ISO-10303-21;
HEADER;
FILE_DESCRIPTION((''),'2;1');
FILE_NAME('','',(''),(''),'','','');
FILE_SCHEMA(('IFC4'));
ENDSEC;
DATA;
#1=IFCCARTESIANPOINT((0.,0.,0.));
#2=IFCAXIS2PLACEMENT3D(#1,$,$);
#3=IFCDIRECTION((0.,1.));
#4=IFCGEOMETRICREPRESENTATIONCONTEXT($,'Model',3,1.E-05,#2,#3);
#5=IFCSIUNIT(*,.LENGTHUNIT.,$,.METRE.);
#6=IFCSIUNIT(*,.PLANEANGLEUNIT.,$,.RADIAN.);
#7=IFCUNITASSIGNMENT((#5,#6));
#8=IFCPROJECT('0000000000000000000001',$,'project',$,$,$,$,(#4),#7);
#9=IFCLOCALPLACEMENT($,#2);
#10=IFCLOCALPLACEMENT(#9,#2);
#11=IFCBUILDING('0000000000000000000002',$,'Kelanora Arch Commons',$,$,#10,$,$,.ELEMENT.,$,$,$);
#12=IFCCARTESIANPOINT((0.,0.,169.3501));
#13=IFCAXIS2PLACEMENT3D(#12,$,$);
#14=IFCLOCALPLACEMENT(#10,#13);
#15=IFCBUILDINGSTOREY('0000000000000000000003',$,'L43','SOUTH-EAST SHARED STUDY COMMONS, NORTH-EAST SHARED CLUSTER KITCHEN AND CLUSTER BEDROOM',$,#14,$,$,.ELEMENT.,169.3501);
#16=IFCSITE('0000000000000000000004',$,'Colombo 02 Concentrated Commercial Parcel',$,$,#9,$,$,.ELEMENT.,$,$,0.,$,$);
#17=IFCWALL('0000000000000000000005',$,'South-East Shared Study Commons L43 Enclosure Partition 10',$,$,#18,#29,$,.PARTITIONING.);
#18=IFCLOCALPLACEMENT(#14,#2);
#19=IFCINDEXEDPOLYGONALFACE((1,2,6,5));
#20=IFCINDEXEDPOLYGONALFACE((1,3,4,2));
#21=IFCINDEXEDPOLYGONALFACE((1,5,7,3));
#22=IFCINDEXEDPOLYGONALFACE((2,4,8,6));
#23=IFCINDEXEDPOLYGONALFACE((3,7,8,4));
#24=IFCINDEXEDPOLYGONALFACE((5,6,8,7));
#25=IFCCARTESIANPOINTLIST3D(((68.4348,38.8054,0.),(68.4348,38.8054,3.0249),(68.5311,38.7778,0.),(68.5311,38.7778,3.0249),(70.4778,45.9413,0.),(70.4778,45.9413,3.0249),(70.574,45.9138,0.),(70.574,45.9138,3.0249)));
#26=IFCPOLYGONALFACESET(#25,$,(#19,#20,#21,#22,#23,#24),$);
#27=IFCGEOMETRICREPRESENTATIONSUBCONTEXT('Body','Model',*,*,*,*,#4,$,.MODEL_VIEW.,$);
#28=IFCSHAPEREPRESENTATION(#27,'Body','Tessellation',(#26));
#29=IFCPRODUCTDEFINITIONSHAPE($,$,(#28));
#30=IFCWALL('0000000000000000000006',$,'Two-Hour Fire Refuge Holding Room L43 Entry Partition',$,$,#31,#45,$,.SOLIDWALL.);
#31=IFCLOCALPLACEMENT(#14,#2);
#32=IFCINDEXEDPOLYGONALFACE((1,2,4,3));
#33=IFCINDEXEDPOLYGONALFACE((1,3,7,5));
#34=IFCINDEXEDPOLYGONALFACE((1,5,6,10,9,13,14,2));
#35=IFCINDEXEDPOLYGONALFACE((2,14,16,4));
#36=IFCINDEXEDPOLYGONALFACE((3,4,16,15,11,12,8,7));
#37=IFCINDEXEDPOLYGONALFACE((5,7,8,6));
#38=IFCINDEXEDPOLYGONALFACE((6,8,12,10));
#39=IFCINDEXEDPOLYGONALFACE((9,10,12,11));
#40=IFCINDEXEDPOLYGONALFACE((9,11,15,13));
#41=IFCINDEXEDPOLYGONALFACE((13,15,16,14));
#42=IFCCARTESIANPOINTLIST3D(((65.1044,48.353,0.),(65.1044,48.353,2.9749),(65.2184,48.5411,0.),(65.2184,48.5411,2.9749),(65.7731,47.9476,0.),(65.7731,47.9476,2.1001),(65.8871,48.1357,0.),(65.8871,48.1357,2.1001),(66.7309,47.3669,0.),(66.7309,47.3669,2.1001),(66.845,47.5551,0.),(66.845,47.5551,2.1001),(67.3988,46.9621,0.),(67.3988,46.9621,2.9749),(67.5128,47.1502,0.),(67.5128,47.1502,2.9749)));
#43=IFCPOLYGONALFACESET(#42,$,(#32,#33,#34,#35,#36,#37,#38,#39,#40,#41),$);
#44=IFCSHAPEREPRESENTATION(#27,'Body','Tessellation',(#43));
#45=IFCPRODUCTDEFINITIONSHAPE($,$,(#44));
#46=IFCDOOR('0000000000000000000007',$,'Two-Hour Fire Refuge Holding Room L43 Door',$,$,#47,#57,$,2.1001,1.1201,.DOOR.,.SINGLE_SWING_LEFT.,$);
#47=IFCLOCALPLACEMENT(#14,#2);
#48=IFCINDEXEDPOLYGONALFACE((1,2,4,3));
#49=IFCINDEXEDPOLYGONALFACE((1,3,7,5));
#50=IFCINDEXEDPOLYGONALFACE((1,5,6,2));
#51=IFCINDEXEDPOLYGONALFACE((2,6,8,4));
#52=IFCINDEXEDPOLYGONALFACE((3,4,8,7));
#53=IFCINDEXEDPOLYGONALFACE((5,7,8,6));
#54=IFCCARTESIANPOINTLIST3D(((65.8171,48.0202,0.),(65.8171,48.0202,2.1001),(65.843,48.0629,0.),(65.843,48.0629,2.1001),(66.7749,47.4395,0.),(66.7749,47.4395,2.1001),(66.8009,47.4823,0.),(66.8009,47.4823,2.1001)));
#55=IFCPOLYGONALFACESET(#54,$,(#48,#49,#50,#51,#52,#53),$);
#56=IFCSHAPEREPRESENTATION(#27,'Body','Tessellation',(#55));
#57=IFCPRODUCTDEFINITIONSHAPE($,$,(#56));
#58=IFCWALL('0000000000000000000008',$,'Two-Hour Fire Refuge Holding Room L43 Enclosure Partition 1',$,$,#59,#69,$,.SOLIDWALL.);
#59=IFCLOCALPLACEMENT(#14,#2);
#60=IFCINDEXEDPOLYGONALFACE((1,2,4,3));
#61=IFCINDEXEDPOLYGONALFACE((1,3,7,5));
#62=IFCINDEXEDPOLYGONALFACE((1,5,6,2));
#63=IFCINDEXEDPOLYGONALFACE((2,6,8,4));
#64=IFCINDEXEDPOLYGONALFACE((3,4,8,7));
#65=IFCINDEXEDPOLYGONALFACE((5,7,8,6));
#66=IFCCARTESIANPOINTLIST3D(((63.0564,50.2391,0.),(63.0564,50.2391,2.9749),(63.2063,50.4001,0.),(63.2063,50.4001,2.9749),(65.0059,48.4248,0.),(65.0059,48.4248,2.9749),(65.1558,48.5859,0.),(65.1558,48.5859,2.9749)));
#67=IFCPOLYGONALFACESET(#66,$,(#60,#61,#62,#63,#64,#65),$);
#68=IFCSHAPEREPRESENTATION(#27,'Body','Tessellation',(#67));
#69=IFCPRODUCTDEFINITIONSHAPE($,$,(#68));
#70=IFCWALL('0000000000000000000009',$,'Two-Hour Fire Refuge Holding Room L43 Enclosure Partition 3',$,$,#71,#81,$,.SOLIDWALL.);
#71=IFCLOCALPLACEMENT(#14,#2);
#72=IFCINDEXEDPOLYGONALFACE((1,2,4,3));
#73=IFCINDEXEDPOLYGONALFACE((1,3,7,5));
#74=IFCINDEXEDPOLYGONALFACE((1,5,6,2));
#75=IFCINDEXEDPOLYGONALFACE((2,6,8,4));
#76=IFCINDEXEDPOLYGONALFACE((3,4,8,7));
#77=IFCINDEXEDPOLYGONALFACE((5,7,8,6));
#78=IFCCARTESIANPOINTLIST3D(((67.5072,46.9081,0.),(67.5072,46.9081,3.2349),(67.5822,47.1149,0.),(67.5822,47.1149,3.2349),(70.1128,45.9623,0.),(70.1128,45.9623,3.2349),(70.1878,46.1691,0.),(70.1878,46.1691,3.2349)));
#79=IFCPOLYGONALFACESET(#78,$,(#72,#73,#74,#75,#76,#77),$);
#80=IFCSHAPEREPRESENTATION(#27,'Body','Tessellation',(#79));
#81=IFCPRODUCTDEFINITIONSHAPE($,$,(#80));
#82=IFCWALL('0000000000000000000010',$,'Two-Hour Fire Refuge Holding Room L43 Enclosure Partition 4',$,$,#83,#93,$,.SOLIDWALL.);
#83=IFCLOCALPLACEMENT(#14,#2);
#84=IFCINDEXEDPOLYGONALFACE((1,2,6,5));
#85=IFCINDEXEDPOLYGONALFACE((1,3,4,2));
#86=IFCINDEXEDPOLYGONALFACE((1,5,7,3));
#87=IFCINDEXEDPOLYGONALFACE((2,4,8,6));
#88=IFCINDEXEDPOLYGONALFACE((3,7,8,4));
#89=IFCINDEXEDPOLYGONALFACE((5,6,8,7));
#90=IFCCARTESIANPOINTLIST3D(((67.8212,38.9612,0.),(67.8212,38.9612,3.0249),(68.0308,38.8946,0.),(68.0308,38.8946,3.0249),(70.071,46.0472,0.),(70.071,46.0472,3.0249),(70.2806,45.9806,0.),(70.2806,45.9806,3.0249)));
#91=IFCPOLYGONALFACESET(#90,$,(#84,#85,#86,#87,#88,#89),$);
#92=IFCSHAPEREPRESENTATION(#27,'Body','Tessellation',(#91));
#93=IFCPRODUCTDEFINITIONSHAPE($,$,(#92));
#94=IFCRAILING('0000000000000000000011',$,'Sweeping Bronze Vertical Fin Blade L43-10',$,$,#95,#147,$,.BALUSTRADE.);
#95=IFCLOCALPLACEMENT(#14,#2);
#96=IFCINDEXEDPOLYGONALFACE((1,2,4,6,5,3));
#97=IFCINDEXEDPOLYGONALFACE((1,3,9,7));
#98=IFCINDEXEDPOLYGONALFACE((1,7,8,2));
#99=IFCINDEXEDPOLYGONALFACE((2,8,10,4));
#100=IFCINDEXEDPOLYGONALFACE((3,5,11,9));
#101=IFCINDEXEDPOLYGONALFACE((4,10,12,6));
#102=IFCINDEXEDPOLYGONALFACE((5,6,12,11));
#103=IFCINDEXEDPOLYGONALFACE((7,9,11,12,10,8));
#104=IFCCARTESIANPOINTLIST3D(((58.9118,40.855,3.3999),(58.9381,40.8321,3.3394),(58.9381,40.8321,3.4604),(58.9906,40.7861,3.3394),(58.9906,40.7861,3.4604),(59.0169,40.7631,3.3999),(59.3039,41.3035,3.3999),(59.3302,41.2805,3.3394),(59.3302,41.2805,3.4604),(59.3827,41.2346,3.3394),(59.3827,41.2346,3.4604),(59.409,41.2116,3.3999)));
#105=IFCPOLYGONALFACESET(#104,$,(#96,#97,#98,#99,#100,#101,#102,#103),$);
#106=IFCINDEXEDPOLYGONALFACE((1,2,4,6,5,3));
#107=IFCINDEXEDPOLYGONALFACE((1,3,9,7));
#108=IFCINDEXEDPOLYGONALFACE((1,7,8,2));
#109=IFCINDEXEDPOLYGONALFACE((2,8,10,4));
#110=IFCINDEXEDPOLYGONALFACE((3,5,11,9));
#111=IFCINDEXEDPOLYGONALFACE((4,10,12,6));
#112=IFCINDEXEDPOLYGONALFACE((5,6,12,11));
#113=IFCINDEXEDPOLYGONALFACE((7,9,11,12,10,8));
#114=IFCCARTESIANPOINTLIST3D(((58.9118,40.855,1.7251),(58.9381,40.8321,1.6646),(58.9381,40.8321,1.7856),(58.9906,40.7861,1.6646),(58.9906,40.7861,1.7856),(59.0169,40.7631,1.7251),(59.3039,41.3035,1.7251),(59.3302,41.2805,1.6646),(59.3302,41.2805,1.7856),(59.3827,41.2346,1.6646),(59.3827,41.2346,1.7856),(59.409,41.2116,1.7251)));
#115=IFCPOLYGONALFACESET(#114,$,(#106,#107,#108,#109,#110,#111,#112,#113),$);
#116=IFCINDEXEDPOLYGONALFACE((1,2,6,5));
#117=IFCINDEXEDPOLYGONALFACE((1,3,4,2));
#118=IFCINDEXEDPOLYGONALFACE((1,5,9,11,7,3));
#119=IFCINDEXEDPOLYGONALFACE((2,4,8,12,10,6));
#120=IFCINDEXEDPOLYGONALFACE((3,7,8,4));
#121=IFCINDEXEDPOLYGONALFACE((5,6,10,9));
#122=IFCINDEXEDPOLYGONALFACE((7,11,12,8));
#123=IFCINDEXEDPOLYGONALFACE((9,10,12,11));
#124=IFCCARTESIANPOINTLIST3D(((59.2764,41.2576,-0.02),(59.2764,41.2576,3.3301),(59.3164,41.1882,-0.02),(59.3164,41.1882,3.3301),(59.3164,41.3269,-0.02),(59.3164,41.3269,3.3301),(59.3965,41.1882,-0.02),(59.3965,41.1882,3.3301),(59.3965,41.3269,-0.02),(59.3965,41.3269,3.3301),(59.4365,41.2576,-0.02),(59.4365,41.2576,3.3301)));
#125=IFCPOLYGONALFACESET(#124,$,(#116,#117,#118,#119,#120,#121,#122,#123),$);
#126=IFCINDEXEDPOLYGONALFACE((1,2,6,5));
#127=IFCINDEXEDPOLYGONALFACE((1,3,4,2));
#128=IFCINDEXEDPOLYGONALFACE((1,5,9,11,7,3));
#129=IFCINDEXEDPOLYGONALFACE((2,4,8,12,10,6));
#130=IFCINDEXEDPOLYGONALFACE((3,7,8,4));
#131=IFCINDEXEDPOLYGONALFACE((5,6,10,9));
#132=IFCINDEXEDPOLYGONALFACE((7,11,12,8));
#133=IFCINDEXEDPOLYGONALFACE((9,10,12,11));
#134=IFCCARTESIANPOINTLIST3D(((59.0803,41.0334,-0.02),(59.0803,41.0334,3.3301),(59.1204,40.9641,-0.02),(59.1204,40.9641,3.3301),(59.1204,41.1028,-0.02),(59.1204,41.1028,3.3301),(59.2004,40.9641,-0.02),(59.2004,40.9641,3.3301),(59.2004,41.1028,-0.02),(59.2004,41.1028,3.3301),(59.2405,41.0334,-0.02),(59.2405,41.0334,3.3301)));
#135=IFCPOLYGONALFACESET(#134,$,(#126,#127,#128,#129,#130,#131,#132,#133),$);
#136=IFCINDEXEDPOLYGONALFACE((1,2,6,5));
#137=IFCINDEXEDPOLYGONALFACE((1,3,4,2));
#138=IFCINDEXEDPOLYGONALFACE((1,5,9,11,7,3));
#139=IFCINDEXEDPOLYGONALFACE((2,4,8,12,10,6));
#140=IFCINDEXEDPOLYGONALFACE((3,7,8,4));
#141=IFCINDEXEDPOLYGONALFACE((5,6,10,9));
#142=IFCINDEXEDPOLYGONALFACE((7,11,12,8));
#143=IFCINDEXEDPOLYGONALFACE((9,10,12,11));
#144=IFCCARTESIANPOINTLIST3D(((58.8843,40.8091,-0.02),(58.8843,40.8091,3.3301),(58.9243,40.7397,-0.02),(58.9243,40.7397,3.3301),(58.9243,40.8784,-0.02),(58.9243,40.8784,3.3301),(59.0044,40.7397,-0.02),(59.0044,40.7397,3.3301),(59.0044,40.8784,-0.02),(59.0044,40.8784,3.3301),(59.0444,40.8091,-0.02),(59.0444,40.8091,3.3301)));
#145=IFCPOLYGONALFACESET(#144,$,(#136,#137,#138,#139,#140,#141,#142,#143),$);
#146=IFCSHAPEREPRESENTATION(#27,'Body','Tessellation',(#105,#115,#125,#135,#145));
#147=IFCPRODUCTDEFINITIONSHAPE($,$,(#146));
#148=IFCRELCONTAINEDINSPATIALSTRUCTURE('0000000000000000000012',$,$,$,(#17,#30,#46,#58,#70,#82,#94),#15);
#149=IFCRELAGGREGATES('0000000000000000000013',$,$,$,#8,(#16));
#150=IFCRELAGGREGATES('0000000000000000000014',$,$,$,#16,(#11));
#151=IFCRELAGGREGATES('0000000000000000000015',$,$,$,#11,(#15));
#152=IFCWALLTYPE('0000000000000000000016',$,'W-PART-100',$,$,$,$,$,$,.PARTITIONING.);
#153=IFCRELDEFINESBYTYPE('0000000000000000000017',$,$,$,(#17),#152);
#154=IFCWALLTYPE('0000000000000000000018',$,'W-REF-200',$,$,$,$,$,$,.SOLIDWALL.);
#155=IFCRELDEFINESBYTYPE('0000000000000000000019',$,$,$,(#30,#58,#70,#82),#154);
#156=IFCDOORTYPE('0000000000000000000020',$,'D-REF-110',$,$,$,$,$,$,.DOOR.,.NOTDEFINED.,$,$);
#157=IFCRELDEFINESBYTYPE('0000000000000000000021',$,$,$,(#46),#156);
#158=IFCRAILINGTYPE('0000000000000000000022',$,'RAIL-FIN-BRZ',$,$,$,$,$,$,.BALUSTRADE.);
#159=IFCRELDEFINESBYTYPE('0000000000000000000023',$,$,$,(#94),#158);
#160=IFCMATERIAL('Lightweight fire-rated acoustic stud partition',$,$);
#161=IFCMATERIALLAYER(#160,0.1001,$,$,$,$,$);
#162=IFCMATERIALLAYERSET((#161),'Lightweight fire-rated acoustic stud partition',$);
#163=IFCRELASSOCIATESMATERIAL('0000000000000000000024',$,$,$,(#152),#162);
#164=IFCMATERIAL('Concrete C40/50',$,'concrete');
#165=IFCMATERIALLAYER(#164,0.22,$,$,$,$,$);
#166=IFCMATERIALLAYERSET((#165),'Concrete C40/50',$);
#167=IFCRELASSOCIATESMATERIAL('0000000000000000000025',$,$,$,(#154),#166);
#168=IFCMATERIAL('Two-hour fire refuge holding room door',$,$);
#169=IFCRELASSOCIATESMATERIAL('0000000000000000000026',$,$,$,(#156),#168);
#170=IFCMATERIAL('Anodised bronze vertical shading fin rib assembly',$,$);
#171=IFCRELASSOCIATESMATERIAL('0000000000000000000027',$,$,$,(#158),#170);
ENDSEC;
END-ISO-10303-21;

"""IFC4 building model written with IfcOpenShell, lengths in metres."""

from ifc_helpers import new_model, si_unit, direction, frame, frame_2d, origin, place, context, subcontext, project, spatial, polyline, rectangle, outline, extrude, material, layer, layer_set, type_object, element, fill, save


model = new_model("IFC4")

# Units and contexts
model_context = context("Model", 3, precision=1e-05, world=origin(), true_north=direction((0.0, 1.0)))
body_context = subcontext(model_context, "Body", "Model", "MODEL_VIEW")
ifc_project = project(units=[si_unit("LENGTHUNIT", "METRE"), si_unit("PLANEANGLEUNIT", "RADIAN")], contexts=[model_context])

# Site, building, storey
site_placement = place(None, origin())
site = spatial("IfcSite", under=ifc_project, at=site_placement, Name="Colombo 02 Concentrated Commercial Parcel", CompositionType="ELEMENT", RefElevation=0.0)
building_placement = place(site_placement, origin())
building = spatial("IfcBuilding", under=site, at=building_placement, Name="Kelanora Arch Commons", CompositionType="ELEMENT")
storey_placement = place(building_placement, frame((0.0, 0.0, 169.3501)))
storey = spatial("IfcBuildingStorey", under=building, at=storey_placement, Name="L43", Description="SOUTH-EAST SHARED STUDY COMMONS, NORTH-EAST SHARED CLUSTER KITCHEN AND CLUSTER BEDROOM", CompositionType="ELEMENT", Elevation=169.3501)

# Wall
ifc_material_1 = material(Name="Lightweight fire-rated acoustic stud partition")
ifc_layer_1 = layer(ifc_material_1, 0.1001)
ifc_layer_set_1 = layer_set([ifc_layer_1], Name="Lightweight fire-rated acoustic stud partition")
wall_type_1 = type_object("IfcWallType", Name="W-PART-100", PredefinedType="PARTITIONING", material=ifc_layer_set_1)
wall_1_placement = place(storey_placement, frame((68.4829, 38.7915, 0.0), z_axis=(0.0, 0.0, 1.0), x_axis=(0.275234, 0.961377, 0.0)))
element("IfcWall", 1, at=wall_1_placement, inside=storey, type_object=wall_type_1, Name="South-East Shared Study Commons L43 Enclosure Partition 10", PredefinedType="PARTITIONING", context=body_context, shape_type="SweptSolid", body=[
    extrude(rectangle(XDim=7.4226, YDim=0.1001, at=frame_2d((3.7114, 0.0))), origin(), (0.0, 0.0, 1.0), 3.0249),
])

# Wall, opening, door
ifc_material_2 = material(Name="Concrete C40/50", Category="concrete")
ifc_layer_2 = layer(ifc_material_2, 0.22)
ifc_layer_set_2 = layer_set([ifc_layer_2], Name="Concrete C40/50")
wall_type_2 = type_object("IfcWallType", Name="W-REF-200", PredefinedType="SOLIDWALL", material=ifc_layer_set_2)
wall_2_placement = place(storey_placement, frame((65.1614, 48.447, 0.0), z_axis=(0.0, 0.0, 1.0), x_axis=(0.855148, -0.518384, 0.0)))
wall_2 = element("IfcWall", 2, at=wall_2_placement, inside=storey, type_object=wall_type_2, Name="Two-Hour Fire Refuge Holding Room L43 Entry Partition", PredefinedType="SOLIDWALL", context=body_context, shape_type="SweptSolid", body=[
    extrude(rectangle(XDim=2.6831, YDim=0.22, at=frame_2d((1.3416, 0.0))), origin(), (0.0, 0.0, 1.0), 2.9749),
])
opening_1_placement = place(wall_2_placement, frame((0.782, 0.0, 0.0)))
opening_1 = element("IfcOpeningElement", 3, at=opening_1_placement, cuts=wall_2, PredefinedType="OPENING", context=body_context, shape_type="SweptSolid", body=[
    extrude(rectangle(XDim=1.1201, YDim=2.1001, at=frame_2d((0.5601, 1.05))), frame((0.0, 0.1201, 0.0), z_axis=(0.0, -1.0, 0.0), x_axis=(1.0, 0.0, 0.0)), (0.0, 0.0, 1.0), 0.24),
])
ifc_material_3 = material(Name="Two-hour fire refuge holding room door")
door_type = type_object("IfcDoorType", Name="D-REF-110", OperationType="NOTDEFINED", PredefinedType="DOOR", material=ifc_material_3)
door_placement = place(opening_1_placement, origin())
door = element("IfcDoor", 4, at=door_placement, inside=storey, type_object=door_type, Name="Two-Hour Fire Refuge Holding Room L43 Door", OperationType="SINGLE_SWING_LEFT", OverallHeight=2.1001, OverallWidth=1.1201, PredefinedType="DOOR", context=body_context, shape_type="SweptSolid", body=[
    extrude(rectangle(XDim=1.1201, YDim=2.1001, at=frame_2d((0.5601, 1.05))), frame((0.0, 0.0249, 0.0), z_axis=(0.0, -1.0, 0.0), x_axis=(1.0, 0.0, 0.0)), (0.0, 0.0, 1.0), 0.05),
])
fill(opening_1, door)

# Walls
wall_3_placement = place(storey_placement, frame((63.1313, 50.3196, 0.0), z_axis=(0.0, 0.0, 1.0), x_axis=(0.732045, -0.681256, 0.0)))
element("IfcWall", 5, at=wall_3_placement, inside=storey, type_object=wall_type_2, Name="Two-Hour Fire Refuge Holding Room L43 Enclosure Partition 1", PredefinedType="SOLIDWALL", context=body_context, shape_type="SweptSolid", body=[
    extrude(rectangle(XDim=2.6631, YDim=0.22, at=frame_2d((1.3315, 0.0))), origin(), (0.0, 0.0, 1.0), 2.9749),
])
wall_4_placement = place(storey_placement, frame((67.5447, 47.0115, 0.0), z_axis=(0.0, 0.0, 1.0), x_axis=(0.939994, -0.341191, 0.0)))
element("IfcWall", 6, at=wall_4_placement, inside=storey, type_object=wall_type_2, Name="Two-Hour Fire Refuge Holding Room L43 Enclosure Partition 3", PredefinedType="SOLIDWALL", context=body_context, shape_type="SweptSolid", body=[
    extrude(rectangle(XDim=2.772, YDim=0.22, at=frame_2d((1.386, 0.0))), origin(), (0.0, 0.0, 1.0), 3.2349),
])
wall_5_placement = place(storey_placement, frame((70.1758, 46.0139, 0.0), z_axis=(0.0, 0.0, 1.0), x_axis=(-0.30261, -0.953114, 0.0)))
element("IfcWall", 7, at=wall_5_placement, inside=storey, type_object=wall_type_2, Name="Two-Hour Fire Refuge Holding Room L43 Enclosure Partition 4", PredefinedType="SOLIDWALL", context=body_context, shape_type="SweptSolid", body=[
    extrude(rectangle(XDim=7.4346, YDim=0.22, at=frame_2d((3.7173, 0.0))), origin(), (0.0, 0.0, 1.0), 3.0249),
])

# Railing
ifc_material_4 = material(Name="Anodised bronze vertical shading fin rib assembly")
railing_type = type_object("IfcRailingType", Name="RAIL-FIN-BRZ", PredefinedType="BALUSTRADE", material=ifc_material_4)
railing_1_placement = place(storey_placement, frame((59.3564, 41.2576, -0.02)))
element("IfcRailing", 8, at=railing_1_placement, inside=storey, type_object=railing_type, Name="Sweeping Bronze Vertical Fin Blade L43-10", PredefinedType="BALUSTRADE", context=body_context, shape_type="SweptSolid", body=[
    extrude(outline(polyline([(0.0698, 0.0), (0.0349, 0.0605), (-0.0349, 0.0605), (-0.0698, 0.0), (-0.0349, -0.0605), (0.0349, -0.0605), (0.0698, 0.0)])), frame((0.0, 0.0, 3.4199), z_axis=(-0.658185, -0.752856, 0.0), x_axis=(0.752856, -0.658185, 0.0)), (0.0, 0.0, 1.0), 0.5957),
    extrude(outline(polyline([(0.0698, 0.0), (0.0349, 0.0605), (-0.0349, 0.0605), (-0.0698, 0.0), (-0.0349, -0.0605), (0.0349, -0.0605), (0.0698, 0.0)])), frame((0.0, 0.0, 1.7451), z_axis=(-0.658185, -0.752856, 0.0), x_axis=(0.752856, -0.658185, 0.0)), (0.0, 0.0, 1.0), 0.5957),
    extrude(outline(polyline([(0.0801, 0.0), (0.04, 0.0693), (-0.04, 0.0693), (-0.0801, 0.0), (-0.04, -0.0693), (0.04, -0.0693), (0.0801, 0.0)])), origin(), (0.0, 0.0, 1.0), 3.3501),
    extrude(outline(polyline([(0.0801, 0.0), (0.04, 0.0693), (-0.04, 0.0693), (-0.0801, 0.0), (-0.04, -0.0693), (0.04, -0.0693), (0.0801, 0.0)])), frame((-0.196, -0.2241, 0.0)), (0.0, 0.0, 1.0), 3.3501),
    extrude(outline(polyline([(0.0801, 0.0), (0.04, 0.0693), (-0.04, 0.0693), (-0.0801, 0.0), (-0.04, -0.0693), (0.04, -0.0693), (0.0801, 0.0)])), frame((-0.3921, -0.4485, 0.0)), (0.0, 0.0, 1.0), 3.3501),
])

save(model, "model.ifc")
